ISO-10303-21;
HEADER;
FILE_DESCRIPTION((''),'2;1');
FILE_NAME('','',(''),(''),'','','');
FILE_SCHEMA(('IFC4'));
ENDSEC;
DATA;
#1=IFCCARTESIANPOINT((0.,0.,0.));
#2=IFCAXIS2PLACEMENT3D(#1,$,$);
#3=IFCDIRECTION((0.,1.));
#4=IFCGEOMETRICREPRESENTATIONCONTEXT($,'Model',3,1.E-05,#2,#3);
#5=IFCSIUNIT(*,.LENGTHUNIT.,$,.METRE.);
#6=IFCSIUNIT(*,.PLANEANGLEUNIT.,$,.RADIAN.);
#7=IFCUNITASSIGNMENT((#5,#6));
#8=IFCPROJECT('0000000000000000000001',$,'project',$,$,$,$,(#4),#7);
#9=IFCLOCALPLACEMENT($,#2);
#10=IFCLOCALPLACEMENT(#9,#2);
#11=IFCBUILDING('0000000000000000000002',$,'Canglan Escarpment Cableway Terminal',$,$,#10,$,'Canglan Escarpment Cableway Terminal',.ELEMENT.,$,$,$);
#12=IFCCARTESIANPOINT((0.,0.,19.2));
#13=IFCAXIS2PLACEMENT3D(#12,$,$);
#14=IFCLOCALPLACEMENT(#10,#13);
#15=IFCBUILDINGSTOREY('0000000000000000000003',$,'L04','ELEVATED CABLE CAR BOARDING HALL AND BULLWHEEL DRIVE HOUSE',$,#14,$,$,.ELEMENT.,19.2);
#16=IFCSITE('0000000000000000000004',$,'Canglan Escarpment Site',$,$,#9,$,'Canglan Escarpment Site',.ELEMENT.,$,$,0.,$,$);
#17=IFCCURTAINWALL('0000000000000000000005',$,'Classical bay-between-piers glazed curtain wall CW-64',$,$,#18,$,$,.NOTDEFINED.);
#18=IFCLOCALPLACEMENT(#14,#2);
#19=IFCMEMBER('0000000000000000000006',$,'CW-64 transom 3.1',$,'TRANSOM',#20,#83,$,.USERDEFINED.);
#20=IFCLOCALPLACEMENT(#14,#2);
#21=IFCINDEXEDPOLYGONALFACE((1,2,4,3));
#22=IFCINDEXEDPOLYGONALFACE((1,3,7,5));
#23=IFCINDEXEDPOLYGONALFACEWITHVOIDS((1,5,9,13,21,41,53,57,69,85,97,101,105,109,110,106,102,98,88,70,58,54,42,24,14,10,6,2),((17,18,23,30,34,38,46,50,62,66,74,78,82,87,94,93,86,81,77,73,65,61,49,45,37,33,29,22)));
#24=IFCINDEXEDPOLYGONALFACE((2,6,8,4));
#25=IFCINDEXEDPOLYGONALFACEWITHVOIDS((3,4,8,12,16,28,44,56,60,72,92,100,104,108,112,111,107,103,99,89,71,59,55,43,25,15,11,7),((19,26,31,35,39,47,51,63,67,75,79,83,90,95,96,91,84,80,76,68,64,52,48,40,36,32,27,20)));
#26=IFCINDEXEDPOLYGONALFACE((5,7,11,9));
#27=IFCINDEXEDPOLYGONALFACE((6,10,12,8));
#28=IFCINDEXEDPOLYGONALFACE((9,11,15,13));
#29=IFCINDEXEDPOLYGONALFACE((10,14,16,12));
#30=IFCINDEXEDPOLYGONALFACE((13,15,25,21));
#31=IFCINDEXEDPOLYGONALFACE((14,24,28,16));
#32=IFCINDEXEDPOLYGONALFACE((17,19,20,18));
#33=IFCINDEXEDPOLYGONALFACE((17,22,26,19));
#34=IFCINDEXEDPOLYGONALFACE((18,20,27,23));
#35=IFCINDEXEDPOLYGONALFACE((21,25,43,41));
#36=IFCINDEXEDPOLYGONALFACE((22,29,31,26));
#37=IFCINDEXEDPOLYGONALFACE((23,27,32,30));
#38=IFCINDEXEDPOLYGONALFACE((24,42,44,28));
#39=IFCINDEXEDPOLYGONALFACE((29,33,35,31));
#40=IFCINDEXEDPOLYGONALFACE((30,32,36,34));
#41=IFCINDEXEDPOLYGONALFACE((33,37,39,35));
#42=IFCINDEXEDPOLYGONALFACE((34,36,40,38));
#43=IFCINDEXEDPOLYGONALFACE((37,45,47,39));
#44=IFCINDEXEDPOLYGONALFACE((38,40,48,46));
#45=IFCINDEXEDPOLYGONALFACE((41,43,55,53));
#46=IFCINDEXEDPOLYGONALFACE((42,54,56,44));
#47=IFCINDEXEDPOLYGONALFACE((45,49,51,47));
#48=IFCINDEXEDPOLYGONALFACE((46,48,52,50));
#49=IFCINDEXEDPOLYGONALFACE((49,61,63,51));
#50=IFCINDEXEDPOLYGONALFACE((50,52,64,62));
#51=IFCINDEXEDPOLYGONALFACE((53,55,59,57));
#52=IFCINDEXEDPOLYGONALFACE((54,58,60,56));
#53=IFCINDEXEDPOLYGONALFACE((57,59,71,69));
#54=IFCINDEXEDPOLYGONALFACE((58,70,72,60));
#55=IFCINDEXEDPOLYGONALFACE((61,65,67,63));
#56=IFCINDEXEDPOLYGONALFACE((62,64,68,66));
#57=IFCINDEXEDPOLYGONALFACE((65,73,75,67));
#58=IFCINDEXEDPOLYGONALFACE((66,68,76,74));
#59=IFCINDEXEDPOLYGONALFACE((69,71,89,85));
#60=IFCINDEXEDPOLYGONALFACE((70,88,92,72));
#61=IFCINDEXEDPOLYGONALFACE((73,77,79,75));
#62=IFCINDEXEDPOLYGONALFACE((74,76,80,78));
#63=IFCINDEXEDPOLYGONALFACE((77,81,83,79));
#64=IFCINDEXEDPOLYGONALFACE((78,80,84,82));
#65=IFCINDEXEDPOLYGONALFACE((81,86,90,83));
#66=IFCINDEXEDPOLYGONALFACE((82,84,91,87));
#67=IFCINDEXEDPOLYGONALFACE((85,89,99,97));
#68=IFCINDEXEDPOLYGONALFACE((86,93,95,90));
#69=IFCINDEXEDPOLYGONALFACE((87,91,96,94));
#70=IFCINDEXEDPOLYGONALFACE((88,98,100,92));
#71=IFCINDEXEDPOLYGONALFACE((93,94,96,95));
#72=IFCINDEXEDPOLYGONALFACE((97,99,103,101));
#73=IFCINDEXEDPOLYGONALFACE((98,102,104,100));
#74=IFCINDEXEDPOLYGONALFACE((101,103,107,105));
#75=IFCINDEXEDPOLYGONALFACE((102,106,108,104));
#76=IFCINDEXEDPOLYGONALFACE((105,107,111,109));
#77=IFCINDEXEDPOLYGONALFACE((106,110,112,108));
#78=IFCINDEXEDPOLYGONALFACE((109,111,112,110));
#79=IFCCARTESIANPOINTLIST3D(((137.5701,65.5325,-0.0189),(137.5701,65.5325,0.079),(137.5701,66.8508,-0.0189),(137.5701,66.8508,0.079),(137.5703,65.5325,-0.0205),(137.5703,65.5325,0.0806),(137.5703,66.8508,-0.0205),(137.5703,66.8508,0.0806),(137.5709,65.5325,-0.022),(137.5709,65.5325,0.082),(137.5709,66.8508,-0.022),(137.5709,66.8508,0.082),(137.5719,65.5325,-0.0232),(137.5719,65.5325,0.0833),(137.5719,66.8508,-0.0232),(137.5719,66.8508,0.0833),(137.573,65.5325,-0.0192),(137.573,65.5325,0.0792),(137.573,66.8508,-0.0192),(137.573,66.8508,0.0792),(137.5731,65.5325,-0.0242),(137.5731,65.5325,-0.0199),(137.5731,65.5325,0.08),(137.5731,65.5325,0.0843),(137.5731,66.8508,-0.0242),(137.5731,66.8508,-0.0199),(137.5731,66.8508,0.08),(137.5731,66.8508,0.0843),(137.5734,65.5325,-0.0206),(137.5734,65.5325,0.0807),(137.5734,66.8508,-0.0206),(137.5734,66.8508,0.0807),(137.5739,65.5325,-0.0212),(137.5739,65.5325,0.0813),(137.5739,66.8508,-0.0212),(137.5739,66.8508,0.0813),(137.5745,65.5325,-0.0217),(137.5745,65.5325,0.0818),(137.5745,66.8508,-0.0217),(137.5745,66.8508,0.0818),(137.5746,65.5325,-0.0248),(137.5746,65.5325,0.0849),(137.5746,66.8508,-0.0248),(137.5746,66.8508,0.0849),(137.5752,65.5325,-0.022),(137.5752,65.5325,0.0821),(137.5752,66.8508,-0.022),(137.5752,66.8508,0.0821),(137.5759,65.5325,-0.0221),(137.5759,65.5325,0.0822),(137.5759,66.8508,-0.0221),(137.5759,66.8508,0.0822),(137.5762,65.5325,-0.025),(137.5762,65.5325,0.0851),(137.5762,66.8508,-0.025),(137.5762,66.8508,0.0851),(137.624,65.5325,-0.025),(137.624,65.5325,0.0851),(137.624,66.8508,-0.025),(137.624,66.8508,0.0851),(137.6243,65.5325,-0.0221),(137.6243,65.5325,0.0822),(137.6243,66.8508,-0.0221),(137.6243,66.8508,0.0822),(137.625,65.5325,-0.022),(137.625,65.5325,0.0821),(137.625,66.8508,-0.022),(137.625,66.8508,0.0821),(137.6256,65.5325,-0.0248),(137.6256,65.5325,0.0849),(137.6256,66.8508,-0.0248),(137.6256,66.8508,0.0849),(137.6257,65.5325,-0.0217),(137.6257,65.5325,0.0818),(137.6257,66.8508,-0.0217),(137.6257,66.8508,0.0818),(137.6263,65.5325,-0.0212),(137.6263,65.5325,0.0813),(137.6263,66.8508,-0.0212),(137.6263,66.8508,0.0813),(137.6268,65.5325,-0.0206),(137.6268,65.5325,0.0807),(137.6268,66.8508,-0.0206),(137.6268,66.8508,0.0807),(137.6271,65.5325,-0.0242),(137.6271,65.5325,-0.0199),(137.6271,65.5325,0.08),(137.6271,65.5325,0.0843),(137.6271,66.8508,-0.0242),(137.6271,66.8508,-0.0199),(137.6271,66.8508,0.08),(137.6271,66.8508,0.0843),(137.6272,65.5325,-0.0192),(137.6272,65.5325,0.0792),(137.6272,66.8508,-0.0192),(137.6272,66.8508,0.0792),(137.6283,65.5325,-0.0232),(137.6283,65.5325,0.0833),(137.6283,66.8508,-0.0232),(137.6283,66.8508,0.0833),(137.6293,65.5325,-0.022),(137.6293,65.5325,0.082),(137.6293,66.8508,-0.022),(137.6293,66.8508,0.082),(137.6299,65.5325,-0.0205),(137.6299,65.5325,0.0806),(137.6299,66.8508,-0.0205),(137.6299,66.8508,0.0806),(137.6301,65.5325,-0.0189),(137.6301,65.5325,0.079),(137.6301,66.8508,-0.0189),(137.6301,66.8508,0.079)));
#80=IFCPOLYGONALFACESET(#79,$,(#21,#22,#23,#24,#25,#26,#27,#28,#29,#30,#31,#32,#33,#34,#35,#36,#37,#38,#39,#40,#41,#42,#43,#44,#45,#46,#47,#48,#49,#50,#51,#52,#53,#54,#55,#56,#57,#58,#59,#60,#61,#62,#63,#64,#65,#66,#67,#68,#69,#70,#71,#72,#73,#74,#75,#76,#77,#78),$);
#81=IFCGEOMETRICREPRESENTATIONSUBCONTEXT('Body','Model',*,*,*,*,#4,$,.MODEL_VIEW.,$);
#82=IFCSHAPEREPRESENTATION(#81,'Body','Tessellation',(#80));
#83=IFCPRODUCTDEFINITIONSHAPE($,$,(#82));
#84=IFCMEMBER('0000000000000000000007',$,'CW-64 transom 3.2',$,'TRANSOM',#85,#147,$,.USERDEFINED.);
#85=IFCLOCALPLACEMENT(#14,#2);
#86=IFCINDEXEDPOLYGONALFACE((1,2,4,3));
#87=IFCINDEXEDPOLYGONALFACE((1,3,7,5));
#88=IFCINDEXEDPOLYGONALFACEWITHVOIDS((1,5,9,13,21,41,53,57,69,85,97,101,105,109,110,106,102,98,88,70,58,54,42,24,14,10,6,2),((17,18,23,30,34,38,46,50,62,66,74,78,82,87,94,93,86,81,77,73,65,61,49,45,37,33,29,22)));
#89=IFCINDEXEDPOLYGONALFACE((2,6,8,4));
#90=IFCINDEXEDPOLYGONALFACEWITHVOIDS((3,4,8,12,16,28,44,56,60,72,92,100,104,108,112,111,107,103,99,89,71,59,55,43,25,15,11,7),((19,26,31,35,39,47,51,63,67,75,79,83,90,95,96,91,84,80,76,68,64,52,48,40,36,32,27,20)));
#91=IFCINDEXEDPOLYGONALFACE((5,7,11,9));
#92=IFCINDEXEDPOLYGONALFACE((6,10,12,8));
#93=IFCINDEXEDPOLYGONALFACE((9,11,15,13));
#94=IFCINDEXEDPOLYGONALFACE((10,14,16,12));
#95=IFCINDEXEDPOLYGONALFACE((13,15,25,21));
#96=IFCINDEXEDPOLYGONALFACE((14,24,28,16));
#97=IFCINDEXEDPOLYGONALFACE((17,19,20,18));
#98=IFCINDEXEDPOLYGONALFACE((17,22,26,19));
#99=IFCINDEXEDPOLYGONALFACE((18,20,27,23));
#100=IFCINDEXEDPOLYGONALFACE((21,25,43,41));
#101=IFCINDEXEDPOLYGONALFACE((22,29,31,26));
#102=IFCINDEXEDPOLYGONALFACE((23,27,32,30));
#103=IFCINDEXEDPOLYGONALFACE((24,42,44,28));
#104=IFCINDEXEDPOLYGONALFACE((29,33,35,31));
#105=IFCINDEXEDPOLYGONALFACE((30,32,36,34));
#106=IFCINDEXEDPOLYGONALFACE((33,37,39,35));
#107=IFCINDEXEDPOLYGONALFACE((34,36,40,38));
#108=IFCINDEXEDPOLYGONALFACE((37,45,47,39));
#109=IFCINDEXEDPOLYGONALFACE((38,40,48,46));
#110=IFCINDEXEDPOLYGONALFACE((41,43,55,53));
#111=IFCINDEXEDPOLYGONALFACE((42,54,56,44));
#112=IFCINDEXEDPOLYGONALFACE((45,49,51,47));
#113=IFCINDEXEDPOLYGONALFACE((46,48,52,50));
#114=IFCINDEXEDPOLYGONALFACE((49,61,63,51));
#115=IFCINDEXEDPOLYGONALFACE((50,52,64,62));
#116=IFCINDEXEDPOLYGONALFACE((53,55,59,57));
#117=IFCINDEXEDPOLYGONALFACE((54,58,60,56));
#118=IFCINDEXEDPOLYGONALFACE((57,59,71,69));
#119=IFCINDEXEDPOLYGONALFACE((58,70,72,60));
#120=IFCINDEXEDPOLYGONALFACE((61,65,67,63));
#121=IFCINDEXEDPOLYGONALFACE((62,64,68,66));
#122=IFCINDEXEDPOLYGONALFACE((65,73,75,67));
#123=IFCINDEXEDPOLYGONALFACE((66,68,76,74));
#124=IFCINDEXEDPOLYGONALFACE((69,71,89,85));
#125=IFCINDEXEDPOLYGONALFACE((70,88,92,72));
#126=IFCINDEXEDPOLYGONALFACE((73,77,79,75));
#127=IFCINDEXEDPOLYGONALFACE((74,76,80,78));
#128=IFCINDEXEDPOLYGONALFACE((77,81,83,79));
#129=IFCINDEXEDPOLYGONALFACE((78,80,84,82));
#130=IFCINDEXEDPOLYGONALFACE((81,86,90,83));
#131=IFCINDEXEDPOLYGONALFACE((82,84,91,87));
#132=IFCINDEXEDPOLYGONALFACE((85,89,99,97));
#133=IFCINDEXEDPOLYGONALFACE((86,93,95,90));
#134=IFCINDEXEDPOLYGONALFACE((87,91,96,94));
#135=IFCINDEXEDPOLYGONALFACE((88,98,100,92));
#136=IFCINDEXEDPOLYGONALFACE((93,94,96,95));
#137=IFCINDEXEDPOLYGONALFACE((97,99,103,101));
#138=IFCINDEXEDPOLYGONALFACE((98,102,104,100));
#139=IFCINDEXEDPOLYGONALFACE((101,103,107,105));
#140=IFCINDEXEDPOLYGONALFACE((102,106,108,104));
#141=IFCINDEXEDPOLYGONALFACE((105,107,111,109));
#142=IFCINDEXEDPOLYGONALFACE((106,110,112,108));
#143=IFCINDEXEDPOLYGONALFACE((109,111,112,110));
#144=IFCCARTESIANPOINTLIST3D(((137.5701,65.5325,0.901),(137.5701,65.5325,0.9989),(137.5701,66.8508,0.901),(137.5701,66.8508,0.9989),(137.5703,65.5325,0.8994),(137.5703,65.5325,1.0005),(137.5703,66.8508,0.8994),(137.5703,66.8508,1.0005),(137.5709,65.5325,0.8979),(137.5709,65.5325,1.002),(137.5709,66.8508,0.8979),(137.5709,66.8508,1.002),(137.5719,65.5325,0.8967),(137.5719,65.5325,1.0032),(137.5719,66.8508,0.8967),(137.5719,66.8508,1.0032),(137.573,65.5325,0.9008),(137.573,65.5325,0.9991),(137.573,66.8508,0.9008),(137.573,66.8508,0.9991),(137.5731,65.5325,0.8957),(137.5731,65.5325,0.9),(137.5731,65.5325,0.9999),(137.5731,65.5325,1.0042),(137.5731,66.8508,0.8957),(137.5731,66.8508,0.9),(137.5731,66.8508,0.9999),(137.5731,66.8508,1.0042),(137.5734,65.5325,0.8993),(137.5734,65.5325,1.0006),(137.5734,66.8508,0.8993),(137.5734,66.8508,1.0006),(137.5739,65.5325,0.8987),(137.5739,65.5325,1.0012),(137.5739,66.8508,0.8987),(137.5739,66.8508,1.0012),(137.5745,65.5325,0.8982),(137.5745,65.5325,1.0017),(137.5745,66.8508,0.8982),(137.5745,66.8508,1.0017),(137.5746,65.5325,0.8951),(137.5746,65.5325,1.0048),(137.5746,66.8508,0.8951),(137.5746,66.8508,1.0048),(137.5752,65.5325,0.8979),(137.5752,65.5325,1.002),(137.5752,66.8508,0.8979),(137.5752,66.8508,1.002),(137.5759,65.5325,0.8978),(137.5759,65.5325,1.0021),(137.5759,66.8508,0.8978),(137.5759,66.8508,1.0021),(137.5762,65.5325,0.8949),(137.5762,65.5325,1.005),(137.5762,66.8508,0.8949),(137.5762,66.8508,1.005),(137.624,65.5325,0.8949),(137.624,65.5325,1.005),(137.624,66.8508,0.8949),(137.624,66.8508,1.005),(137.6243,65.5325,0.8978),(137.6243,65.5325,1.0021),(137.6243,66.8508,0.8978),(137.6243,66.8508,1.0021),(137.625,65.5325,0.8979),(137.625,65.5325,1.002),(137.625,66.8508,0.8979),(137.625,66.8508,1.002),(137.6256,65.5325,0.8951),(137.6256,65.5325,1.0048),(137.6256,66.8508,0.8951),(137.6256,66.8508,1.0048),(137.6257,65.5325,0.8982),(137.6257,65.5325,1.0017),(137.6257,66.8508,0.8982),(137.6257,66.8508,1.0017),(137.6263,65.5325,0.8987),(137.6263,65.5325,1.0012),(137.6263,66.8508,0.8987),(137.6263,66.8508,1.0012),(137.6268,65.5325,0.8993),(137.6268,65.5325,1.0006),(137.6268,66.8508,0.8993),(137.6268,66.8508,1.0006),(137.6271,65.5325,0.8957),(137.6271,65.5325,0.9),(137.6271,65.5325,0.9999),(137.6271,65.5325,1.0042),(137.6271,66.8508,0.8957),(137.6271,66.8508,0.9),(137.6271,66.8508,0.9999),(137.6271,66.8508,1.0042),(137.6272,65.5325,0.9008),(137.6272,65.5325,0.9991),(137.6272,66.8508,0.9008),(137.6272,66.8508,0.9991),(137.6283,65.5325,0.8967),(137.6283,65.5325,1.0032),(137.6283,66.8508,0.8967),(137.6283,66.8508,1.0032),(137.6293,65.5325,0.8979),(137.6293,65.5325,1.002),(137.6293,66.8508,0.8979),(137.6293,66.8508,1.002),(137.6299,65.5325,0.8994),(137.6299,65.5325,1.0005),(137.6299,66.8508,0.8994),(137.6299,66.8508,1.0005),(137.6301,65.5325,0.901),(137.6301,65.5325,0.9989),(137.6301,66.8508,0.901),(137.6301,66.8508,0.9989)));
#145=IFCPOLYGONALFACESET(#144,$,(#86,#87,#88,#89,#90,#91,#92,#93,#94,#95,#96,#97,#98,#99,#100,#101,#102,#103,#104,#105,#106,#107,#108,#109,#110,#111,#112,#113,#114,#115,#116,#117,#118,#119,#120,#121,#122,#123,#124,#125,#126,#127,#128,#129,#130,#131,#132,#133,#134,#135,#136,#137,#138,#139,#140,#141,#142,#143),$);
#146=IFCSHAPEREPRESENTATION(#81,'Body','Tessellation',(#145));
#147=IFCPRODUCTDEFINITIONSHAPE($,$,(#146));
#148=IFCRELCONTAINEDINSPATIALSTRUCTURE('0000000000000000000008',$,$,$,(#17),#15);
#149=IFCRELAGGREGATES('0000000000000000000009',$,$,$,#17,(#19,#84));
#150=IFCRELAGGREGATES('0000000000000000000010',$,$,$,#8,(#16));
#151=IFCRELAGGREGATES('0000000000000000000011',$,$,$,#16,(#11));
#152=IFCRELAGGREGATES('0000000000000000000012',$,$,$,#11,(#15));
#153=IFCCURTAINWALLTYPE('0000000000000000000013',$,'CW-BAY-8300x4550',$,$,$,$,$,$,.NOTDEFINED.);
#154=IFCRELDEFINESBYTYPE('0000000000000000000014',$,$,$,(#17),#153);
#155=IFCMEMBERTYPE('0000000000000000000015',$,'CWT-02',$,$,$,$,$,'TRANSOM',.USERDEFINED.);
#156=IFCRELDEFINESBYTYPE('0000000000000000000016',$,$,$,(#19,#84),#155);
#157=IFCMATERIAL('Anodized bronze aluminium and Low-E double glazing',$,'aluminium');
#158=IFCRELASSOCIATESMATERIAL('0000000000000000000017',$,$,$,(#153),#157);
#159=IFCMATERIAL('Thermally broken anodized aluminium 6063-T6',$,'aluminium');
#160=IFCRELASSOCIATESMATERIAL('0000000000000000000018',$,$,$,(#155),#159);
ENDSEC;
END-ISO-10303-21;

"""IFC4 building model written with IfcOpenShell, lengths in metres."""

from ifc_helpers import new_model, si_unit, direction, frame, origin, origin_2d, place, context, subcontext, project, spatial, hollow_rectangle, extrude, material, material_profile, profile_set, type_object, element, aggregate, save


model = new_model("IFC4")

# Units and contexts
model_context = context("Model", 3, precision=1e-05, world=origin(), true_north=direction((0.0, 1.0)))
body_context = subcontext(model_context, "Body", "Model", "MODEL_VIEW")
ifc_project = project(units=[si_unit("LENGTHUNIT", "METRE"), si_unit("PLANEANGLEUNIT", "RADIAN")], contexts=[model_context])

# Site, building, storey
site_placement = place(None, origin())
site = spatial("IfcSite", under=ifc_project, at=site_placement, Name="Canglan Escarpment Site", LongName="Canglan Escarpment Site", CompositionType="ELEMENT", RefElevation=0.0)
building_placement = place(site_placement, origin())
building = spatial("IfcBuilding", under=site, at=building_placement, Name="Canglan Escarpment Cableway Terminal", LongName="Canglan Escarpment Cableway Terminal", CompositionType="ELEMENT")
storey_placement = place(building_placement, frame((0.0, 0.0, 19.2)))
storey = spatial("IfcBuildingStorey", under=building, at=storey_placement, Name="L04", Description="ELEVATED CABLE CAR BOARDING HALL AND BULLWHEEL DRIVE HOUSE", CompositionType="ELEMENT", Elevation=19.2)

# Curtain wall
ifc_material_1 = material(Name="Anodized bronze aluminium and Low-E double glazing", Category="aluminium")
curtain_wall_type = type_object("IfcCurtainWallType", Name="CW-BAY-8300x4550", PredefinedType="NOTDEFINED", material=ifc_material_1)
curtain_wall_1_placement = place(storey_placement, origin())
curtain_wall_1 = element("IfcCurtainWall", 1, at=curtain_wall_1_placement, inside=storey, type_object=curtain_wall_type, Name="Classical bay-between-piers glazed curtain wall CW-64", PredefinedType="NOTDEFINED")
ifc_material_2 = material(Name="Thermally broken anodized aluminium 6063-T6", Category="aluminium")

# Members
ifc_material_profile_1 = material_profile(ifc_material_2, hollow_rectangle(XDim=0.0601, YDim=0.1101, WallThickness=0.0029, InnerFilletRadius=0.0029, OuterFilletRadius=0.0061, at=origin_2d()), Name="ALU-TRAN 60x110x3")
ifc_profile_set_1 = profile_set([ifc_material_profile_1], Name="Thermally broken anodized aluminium 6063-T6")
member_type_1 = type_object("IfcMemberType", Name="CWT-02", ElementType="TRANSOM", PredefinedType="USERDEFINED", material=ifc_profile_set_1)
member_1_placement = place(storey_placement, frame((137.6001, 66.8508, 0.03), z_axis=(0.0, -1.0, 0.0), x_axis=(1.0, 0.0, 0.0)))
member_1 = element("IfcMember", 2, at=member_1_placement, type_object=member_type_1, Name="CW-64 transom 3.1", ObjectType="TRANSOM", PredefinedType="USERDEFINED", context=body_context, shape_type="SweptSolid", body=[
    extrude(hollow_rectangle(XDim=0.0601, YDim=0.1101, WallThickness=0.0029, InnerFilletRadius=0.0029, OuterFilletRadius=0.0061, at=origin_2d()), origin(), (0.0, 0.0, 1.0), 1.3184),
])
member_2_placement = place(storey_placement, frame((137.6001, 66.8508, 0.95), z_axis=(0.0, -1.0, 0.0), x_axis=(1.0, 0.0, 0.0)))
member_2 = element("IfcMember", 3, at=member_2_placement, type_object=member_type_1, Name="CW-64 transom 3.2", ObjectType="TRANSOM", PredefinedType="USERDEFINED", context=body_context, shape_type="SweptSolid", body=[
    extrude(hollow_rectangle(XDim=0.0601, YDim=0.1101, WallThickness=0.0029, InnerFilletRadius=0.0029, OuterFilletRadius=0.0061, at=origin_2d()), origin(), (0.0, 0.0, 1.0), 1.3184),
])

aggregate(curtain_wall_1, [member_1, member_2])

save(model, "model.ifc")
